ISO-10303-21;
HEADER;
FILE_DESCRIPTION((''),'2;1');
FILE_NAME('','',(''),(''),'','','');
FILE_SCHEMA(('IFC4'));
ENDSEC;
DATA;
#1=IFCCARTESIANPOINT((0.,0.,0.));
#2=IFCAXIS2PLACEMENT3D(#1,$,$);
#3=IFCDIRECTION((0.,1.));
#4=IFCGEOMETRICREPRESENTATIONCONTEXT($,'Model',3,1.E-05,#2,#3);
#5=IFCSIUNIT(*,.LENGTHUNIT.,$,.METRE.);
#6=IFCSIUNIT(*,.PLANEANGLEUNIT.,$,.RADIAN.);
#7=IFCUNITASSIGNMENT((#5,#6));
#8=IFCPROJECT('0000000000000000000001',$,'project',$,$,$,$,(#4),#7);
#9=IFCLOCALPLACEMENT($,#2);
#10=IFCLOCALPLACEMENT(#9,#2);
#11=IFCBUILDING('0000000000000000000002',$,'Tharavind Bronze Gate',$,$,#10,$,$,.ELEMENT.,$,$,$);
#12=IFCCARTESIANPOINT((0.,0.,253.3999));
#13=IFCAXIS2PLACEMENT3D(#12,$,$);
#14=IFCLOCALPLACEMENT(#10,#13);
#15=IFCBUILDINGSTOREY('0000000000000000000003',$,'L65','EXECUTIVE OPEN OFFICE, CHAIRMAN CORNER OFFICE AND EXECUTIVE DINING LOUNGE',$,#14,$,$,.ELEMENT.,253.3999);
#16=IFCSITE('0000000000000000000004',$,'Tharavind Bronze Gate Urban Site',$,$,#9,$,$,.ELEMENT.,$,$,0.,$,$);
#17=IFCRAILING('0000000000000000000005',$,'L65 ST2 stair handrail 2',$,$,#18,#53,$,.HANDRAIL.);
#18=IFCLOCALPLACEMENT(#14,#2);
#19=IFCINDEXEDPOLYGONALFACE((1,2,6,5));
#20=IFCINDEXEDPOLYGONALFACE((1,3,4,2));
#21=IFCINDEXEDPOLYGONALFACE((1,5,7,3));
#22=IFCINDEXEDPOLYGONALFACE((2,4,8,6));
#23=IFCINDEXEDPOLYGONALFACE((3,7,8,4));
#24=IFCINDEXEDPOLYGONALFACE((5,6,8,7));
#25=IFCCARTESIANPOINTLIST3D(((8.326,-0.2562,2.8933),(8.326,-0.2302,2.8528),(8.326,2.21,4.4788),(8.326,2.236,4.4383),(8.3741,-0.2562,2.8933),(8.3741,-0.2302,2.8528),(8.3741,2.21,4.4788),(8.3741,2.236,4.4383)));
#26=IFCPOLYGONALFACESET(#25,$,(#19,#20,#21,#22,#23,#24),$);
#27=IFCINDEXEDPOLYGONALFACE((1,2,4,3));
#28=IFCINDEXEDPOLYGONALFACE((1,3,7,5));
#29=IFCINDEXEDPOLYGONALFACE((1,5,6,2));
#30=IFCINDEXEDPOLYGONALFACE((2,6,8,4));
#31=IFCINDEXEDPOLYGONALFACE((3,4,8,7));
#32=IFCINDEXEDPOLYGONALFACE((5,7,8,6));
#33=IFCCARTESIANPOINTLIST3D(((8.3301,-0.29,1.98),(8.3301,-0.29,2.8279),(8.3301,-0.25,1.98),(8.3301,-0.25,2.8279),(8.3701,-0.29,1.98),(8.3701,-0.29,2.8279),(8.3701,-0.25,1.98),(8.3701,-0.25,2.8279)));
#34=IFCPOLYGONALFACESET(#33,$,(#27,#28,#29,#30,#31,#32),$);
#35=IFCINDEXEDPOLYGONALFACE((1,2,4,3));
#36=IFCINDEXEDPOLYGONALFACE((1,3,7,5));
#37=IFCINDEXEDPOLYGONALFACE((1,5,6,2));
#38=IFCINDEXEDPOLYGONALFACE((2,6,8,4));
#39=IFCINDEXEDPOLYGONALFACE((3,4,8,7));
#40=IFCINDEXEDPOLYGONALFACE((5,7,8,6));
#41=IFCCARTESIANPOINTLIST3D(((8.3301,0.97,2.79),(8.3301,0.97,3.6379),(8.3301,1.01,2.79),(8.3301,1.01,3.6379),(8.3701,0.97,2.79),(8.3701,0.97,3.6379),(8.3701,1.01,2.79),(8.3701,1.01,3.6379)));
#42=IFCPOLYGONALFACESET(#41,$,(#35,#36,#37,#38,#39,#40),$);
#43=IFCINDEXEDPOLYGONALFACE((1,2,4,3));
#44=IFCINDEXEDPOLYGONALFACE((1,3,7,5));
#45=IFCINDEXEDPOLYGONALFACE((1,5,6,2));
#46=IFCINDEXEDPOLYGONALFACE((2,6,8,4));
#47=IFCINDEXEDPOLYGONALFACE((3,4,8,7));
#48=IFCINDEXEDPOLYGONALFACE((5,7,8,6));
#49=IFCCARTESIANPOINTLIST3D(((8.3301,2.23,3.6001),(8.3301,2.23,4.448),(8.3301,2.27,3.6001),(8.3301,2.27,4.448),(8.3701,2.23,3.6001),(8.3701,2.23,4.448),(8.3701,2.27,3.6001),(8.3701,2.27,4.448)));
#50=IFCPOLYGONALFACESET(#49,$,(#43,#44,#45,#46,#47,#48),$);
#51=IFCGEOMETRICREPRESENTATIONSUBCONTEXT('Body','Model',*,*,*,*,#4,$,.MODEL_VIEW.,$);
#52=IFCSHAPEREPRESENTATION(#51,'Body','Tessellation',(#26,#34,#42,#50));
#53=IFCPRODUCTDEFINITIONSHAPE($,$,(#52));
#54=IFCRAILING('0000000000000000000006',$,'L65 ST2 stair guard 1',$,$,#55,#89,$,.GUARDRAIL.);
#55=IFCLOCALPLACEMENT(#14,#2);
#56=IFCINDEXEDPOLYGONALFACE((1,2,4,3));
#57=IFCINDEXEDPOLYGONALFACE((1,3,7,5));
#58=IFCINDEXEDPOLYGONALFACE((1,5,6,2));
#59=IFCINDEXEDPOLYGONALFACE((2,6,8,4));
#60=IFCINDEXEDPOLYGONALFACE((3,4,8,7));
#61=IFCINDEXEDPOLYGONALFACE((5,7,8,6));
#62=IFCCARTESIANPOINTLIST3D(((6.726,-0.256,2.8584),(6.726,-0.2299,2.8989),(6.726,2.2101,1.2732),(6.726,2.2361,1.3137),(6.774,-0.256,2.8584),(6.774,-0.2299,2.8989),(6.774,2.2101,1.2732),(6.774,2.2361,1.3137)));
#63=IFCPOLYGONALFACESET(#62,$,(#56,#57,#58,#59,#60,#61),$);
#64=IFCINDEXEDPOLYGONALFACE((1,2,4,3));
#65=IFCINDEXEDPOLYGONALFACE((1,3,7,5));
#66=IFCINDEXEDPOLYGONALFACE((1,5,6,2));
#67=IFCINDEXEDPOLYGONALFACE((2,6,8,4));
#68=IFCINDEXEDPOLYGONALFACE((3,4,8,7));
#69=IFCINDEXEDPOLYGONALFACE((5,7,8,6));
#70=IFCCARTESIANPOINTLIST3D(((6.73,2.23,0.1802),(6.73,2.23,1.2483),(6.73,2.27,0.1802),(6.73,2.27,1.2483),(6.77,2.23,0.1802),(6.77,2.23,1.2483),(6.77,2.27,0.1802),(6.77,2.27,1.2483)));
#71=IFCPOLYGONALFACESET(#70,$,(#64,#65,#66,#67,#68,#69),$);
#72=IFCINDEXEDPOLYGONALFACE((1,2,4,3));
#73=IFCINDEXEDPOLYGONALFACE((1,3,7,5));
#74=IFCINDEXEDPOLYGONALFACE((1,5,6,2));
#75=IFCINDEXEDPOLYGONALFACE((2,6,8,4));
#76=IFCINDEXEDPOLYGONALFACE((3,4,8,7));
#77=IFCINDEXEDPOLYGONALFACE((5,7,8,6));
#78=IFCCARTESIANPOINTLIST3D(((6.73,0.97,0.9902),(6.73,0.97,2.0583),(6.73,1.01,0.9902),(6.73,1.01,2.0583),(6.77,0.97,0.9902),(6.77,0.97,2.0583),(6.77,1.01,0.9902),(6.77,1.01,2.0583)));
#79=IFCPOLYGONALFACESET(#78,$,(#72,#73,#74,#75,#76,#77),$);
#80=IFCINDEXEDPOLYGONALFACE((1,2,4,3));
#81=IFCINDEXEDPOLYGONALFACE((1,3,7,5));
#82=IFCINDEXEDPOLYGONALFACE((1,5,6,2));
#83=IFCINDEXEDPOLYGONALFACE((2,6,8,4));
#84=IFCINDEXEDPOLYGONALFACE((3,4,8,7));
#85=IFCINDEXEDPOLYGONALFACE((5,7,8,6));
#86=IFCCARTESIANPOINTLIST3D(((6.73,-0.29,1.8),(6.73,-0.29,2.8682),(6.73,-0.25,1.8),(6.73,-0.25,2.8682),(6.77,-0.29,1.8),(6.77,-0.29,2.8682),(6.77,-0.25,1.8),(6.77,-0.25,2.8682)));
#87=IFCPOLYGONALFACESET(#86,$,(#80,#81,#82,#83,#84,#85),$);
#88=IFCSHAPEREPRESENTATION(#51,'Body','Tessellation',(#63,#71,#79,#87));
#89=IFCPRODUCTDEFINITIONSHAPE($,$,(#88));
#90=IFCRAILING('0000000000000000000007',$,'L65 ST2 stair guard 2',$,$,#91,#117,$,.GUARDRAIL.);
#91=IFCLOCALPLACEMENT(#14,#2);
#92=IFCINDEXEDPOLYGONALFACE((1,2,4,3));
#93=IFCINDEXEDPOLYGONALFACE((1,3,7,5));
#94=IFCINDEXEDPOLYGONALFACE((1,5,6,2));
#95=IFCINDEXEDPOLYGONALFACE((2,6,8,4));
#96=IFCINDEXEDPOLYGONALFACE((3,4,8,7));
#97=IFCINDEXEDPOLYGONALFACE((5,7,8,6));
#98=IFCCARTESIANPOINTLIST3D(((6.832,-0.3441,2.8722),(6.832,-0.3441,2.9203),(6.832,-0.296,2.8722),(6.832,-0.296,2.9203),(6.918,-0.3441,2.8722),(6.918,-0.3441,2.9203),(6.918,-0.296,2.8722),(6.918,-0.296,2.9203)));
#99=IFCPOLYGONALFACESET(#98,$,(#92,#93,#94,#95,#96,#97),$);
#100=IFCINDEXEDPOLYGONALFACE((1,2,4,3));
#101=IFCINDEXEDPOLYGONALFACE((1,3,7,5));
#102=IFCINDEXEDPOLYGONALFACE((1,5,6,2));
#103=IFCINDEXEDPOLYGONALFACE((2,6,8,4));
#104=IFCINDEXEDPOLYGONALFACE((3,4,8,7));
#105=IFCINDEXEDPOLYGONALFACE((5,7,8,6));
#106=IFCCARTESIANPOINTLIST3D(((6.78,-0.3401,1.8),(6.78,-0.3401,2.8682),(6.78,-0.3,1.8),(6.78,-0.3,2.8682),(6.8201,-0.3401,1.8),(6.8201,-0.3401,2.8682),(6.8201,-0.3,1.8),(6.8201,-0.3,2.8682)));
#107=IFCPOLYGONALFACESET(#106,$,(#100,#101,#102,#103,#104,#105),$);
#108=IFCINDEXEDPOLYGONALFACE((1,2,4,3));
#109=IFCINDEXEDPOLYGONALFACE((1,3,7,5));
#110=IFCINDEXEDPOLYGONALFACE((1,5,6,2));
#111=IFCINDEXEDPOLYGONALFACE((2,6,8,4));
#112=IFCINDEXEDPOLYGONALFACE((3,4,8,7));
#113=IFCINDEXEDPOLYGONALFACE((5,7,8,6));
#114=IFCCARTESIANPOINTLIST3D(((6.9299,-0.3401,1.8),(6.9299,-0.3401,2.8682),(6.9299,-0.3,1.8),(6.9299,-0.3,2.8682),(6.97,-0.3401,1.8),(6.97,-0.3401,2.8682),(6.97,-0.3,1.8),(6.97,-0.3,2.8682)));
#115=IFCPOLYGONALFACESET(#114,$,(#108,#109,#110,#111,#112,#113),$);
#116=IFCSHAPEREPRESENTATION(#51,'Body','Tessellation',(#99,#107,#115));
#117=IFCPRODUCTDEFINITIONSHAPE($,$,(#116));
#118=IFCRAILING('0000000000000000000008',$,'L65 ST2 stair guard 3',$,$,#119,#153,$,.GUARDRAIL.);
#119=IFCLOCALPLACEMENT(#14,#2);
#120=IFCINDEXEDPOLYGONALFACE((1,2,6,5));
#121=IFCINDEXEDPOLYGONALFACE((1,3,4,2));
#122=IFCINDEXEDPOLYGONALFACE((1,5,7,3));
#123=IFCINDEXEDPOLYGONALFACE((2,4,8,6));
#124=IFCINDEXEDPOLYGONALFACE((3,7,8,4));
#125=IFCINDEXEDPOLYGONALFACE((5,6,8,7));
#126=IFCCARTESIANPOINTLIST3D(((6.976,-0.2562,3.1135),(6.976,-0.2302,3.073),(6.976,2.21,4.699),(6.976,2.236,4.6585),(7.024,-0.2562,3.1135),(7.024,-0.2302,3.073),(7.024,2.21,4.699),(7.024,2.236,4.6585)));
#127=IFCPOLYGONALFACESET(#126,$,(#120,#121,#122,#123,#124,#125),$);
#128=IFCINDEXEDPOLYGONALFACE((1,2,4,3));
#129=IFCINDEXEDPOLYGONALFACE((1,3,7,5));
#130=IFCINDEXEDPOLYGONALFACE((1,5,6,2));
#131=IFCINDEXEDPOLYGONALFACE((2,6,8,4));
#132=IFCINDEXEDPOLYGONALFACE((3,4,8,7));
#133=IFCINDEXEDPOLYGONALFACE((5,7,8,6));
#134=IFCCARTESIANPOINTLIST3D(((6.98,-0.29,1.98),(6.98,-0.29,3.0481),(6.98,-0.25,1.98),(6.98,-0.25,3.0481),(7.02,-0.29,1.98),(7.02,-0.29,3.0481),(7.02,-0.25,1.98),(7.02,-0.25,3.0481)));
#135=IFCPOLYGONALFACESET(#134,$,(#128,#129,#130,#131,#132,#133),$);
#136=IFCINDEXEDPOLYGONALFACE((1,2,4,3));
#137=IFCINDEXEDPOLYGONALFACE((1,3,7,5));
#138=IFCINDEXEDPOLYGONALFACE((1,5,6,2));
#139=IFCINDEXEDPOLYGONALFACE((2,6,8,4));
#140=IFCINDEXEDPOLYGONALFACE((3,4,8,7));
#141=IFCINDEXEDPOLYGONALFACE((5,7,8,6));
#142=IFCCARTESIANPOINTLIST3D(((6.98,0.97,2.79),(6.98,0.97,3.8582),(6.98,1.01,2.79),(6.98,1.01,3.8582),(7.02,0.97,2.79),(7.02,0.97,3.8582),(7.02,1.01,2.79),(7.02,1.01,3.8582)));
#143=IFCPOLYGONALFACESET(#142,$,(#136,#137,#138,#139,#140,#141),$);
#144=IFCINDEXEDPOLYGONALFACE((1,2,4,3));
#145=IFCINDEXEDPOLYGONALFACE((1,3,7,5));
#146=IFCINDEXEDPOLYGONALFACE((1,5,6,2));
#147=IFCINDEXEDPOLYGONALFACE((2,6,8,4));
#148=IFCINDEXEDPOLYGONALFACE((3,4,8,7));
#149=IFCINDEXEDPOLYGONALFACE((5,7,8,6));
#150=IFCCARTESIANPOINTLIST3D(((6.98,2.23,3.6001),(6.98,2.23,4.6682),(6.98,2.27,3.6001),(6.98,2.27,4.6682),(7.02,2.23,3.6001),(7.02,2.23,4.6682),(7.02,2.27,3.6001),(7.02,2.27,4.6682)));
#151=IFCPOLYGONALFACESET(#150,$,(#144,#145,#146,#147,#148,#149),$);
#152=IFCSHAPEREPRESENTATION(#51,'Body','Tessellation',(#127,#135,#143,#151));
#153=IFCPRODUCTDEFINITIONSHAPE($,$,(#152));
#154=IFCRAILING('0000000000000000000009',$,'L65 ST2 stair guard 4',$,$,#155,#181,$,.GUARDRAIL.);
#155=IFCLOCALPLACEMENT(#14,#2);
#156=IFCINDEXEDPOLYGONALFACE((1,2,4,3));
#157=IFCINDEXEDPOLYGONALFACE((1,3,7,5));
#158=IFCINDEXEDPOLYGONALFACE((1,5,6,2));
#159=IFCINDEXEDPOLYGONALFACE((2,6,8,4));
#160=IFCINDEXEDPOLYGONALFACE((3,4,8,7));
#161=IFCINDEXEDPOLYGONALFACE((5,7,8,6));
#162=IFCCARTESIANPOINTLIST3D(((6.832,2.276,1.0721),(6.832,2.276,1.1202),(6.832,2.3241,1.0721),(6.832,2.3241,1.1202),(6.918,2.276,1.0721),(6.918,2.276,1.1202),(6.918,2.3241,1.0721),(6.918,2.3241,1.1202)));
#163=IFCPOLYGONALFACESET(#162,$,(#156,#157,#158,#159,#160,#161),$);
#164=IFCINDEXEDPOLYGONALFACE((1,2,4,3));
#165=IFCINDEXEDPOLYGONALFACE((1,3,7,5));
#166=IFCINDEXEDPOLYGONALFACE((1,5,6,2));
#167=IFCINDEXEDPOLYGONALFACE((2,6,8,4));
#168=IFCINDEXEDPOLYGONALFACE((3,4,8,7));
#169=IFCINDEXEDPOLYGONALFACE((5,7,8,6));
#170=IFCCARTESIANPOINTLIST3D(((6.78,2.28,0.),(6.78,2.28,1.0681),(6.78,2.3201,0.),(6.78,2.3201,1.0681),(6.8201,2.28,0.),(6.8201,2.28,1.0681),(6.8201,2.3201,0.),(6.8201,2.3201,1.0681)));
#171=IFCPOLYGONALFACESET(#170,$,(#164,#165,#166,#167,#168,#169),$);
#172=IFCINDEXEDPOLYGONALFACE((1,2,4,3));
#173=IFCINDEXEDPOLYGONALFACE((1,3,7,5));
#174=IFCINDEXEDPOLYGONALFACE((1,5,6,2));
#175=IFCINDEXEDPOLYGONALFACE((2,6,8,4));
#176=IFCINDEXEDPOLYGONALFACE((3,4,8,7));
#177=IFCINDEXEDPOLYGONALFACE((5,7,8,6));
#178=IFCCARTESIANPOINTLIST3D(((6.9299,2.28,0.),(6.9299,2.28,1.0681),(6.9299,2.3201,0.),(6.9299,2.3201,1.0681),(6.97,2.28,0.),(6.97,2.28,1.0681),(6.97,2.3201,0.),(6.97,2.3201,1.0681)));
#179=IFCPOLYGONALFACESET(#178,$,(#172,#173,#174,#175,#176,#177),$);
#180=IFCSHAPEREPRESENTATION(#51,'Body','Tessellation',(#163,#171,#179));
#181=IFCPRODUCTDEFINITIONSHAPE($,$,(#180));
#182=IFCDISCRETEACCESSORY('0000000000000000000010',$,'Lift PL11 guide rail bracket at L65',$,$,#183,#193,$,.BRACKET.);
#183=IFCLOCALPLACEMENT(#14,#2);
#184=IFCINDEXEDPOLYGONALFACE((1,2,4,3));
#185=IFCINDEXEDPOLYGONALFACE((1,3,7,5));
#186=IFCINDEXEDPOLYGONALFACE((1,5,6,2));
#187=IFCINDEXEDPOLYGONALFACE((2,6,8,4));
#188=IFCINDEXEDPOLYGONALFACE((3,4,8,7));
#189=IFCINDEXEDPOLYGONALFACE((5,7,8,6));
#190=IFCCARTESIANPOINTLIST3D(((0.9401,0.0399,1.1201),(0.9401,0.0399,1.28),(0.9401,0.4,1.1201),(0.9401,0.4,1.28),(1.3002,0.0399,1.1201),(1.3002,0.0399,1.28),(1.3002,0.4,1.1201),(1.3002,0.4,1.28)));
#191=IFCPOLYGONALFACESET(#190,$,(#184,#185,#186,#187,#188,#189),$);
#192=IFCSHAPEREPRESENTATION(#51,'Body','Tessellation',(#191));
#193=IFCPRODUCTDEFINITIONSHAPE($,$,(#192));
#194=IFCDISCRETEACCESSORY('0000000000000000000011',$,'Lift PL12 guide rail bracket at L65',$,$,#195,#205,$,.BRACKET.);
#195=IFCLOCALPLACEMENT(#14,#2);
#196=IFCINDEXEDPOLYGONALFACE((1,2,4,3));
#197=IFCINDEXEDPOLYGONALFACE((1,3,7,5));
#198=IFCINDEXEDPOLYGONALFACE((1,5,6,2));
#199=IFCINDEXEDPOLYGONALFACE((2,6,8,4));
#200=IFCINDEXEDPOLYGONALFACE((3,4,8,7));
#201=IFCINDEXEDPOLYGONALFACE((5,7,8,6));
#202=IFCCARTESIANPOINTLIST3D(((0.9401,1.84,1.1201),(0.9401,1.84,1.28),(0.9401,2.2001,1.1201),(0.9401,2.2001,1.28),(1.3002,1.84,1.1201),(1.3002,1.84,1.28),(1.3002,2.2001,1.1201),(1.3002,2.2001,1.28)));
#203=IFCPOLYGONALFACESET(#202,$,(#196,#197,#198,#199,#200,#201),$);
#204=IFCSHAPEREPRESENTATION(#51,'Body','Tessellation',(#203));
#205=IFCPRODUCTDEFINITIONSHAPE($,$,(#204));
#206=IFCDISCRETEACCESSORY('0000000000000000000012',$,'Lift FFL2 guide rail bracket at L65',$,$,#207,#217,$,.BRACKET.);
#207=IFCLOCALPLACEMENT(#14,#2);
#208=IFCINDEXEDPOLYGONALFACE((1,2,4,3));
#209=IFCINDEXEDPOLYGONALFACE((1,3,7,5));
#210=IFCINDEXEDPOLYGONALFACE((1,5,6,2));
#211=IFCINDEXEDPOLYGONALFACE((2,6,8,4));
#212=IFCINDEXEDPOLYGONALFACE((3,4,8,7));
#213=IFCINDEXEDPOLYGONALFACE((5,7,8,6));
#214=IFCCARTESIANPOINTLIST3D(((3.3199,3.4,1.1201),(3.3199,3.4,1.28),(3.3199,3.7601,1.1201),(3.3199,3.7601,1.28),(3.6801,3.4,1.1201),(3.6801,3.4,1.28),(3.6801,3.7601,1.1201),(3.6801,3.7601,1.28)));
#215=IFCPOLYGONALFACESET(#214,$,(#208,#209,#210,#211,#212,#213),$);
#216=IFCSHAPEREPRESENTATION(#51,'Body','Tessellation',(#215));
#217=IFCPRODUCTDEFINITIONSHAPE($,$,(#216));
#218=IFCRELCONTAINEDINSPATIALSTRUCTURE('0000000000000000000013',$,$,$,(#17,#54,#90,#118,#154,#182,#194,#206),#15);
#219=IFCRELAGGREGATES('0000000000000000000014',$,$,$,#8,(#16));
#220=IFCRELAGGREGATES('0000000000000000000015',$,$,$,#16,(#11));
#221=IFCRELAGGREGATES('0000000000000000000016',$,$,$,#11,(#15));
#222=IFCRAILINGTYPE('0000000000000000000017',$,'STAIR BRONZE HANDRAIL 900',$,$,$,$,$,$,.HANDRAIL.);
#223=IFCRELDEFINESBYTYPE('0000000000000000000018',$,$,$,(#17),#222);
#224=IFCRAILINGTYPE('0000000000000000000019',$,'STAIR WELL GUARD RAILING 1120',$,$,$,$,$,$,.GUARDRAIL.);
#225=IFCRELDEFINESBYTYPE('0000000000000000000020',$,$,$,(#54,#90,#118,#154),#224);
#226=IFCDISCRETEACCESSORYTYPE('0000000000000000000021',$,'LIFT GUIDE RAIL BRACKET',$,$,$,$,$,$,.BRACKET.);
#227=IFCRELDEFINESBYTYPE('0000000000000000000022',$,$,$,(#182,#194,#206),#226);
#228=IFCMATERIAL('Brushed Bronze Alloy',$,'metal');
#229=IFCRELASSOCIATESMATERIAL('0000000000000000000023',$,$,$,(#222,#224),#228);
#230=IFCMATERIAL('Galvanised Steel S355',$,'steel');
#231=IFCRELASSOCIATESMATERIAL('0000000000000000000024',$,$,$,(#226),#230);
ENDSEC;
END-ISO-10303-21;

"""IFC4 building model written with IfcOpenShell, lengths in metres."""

from ifc_helpers import new_model, si_unit, direction, frame, origin, origin_2d, place, context, subcontext, project, spatial, rectangle, extrude, material, type_object, element, save


model = new_model("IFC4")

# Units and contexts
model_context = context("Model", 3, precision=1e-05, world=origin(), true_north=direction((0.0, 1.0)))
body_context = subcontext(model_context, "Body", "Model", "MODEL_VIEW")
ifc_project = project(units=[si_unit("LENGTHUNIT", "METRE"), si_unit("PLANEANGLEUNIT", "RADIAN")], contexts=[model_context])

# Site, building, storey
site_placement = place(None, origin())
site = spatial("IfcSite", under=ifc_project, at=site_placement, Name="Tharavind Bronze Gate Urban Site", CompositionType="ELEMENT", RefElevation=0.0)
building_placement = place(site_placement, origin())
building = spatial("IfcBuilding", under=site, at=building_placement, Name="Tharavind Bronze Gate", CompositionType="ELEMENT")
storey_placement = place(building_placement, frame((0.0, 0.0, 253.3999)))
storey = spatial("IfcBuildingStorey", under=building, at=storey_placement, Name="L65", Description="EXECUTIVE OPEN OFFICE, CHAIRMAN CORNER OFFICE AND EXECUTIVE DINING LOUNGE", CompositionType="ELEMENT", Elevation=253.3999)

# Railings
ifc_material_1 = material(Name="Brushed Bronze Alloy", Category="metal")
railing_type_1 = type_object("IfcRailingType", Name="STAIR BRONZE HANDRAIL 900", PredefinedType="HANDRAIL", material=ifc_material_1)
railing_1_placement = place(storey_placement, frame((8.3501, -0.27, 1.98)))
element("IfcRailing", 1, at=railing_1_placement, inside=storey, type_object=railing_type_1, Name="L65 ST2 stair handrail 2", PredefinedType="HANDRAIL", context=body_context, shape_type="SweptSolid", body=[
    extrude(rectangle(XDim=0.0481, YDim=0.0481, at=origin_2d()), frame((0.0, 0.0269, 0.8931), z_axis=(0.0, 0.841163, 0.540782), x_axis=(-1.0, 0.0, 0.0)), (0.0, 0.0, 1.0), 2.9319),
    extrude(rectangle(XDim=0.04, YDim=0.04, at=origin_2d()), origin(), (0.0, 0.0, 1.0), 0.8479),
    extrude(rectangle(XDim=0.04, YDim=0.04, at=origin_2d()), frame((0.0, 1.26, 0.8101)), (0.0, 0.0, 1.0), 0.8479),
    extrude(rectangle(XDim=0.04, YDim=0.04, at=origin_2d()), frame((0.0, 2.52, 1.6201)), (0.0, 0.0, 1.0), 0.8479),
])
railing_type_2 = type_object("IfcRailingType", Name="STAIR WELL GUARD RAILING 1120", PredefinedType="GUARDRAIL", material=ifc_material_1)
railing_2_placement = place(storey_placement, frame((6.75, 2.25, 0.1802)))
element("IfcRailing", 2, at=railing_2_placement, inside=storey, type_object=railing_type_2, Name="L65 ST2 stair guard 1", PredefinedType="GUARDRAIL", context=body_context, shape_type="SweptSolid", body=[
    extrude(rectangle(XDim=0.0481, YDim=0.0481, at=origin_2d()), frame((0.0, -0.0269, 1.1133), z_axis=(0.0, -0.8412, 0.540725), x_axis=(1.0, 0.0, 0.0)), (0.0, 0.0, 1.0), 2.9316),
    extrude(rectangle(XDim=0.04, YDim=0.04, at=origin_2d()), origin(), (0.0, 0.0, 1.0), 1.0681),
    extrude(rectangle(XDim=0.04, YDim=0.04, at=origin_2d()), frame((0.0, -1.26, 0.8101)), (0.0, 0.0, 1.0), 1.0681),
    extrude(rectangle(XDim=0.04, YDim=0.04, at=origin_2d()), frame((0.0, -2.52, 1.6199)), (0.0, 0.0, 1.0), 1.0681),
])
railing_3_placement = place(storey_placement, frame((6.8, -0.3201, 1.8)))
element("IfcRailing", 3, at=railing_3_placement, inside=storey, type_object=railing_type_2, Name="L65 ST2 stair guard 2", PredefinedType="GUARDRAIL", context=body_context, shape_type="SweptSolid", body=[
    extrude(rectangle(XDim=0.0481, YDim=0.0481, at=origin_2d()), frame((0.032, 0.0, 1.0962), z_axis=(1.0, 0.0, 0.0), x_axis=(0.0, 1.0, 0.0)), (0.0, 0.0, 1.0), 0.0859),
    extrude(rectangle(XDim=0.04, YDim=0.04, at=origin_2d()), origin(), (0.0, 0.0, 1.0), 1.0681),
    extrude(rectangle(XDim=0.04, YDim=0.04, at=origin_2d()), frame((0.1499, 0.0, 0.0)), (0.0, 0.0, 1.0), 1.0681),
])
railing_4_placement = place(storey_placement, frame((7.0, -0.27, 1.98)))
element("IfcRailing", 4, at=railing_4_placement, inside=storey, type_object=railing_type_2, Name="L65 ST2 stair guard 3", PredefinedType="GUARDRAIL", context=body_context, shape_type="SweptSolid", body=[
    extrude(rectangle(XDim=0.0481, YDim=0.0481, at=origin_2d()), frame((0.0, 0.0269, 1.1133), z_axis=(0.0, 0.841163, 0.540782), x_axis=(-1.0, 0.0, 0.0)), (0.0, 0.0, 1.0), 2.9319),
    extrude(rectangle(XDim=0.04, YDim=0.04, at=origin_2d()), origin(), (0.0, 0.0, 1.0), 1.0681),
    extrude(rectangle(XDim=0.04, YDim=0.04, at=origin_2d()), frame((0.0, 1.26, 0.8101)), (0.0, 0.0, 1.0), 1.0681),
    extrude(rectangle(XDim=0.04, YDim=0.04, at=origin_2d()), frame((0.0, 2.52, 1.6201)), (0.0, 0.0, 1.0), 1.0681),
])
railing_5_placement = place(storey_placement, frame((6.8, 2.3, 0.0)))
element("IfcRailing", 5, at=railing_5_placement, inside=storey, type_object=railing_type_2, Name="L65 ST2 stair guard 4", PredefinedType="GUARDRAIL", context=body_context, shape_type="SweptSolid", body=[
    extrude(rectangle(XDim=0.0481, YDim=0.0481, at=origin_2d()), frame((0.032, 0.0, 1.0962), z_axis=(1.0, 0.0, 0.0), x_axis=(0.0, 1.0, 0.0)), (0.0, 0.0, 1.0), 0.0859),
    extrude(rectangle(XDim=0.04, YDim=0.04, at=origin_2d()), origin(), (0.0, 0.0, 1.0), 1.0681),
    extrude(rectangle(XDim=0.04, YDim=0.04, at=origin_2d()), frame((0.1499, 0.0, 0.0)), (0.0, 0.0, 1.0), 1.0681),
])

# Discrete accessories
ifc_material_2 = material(Name="Galvanised Steel S355", Category="steel")
discrete_accessory_type = type_object("IfcDiscreteAccessoryType", Name="LIFT GUIDE RAIL BRACKET", PredefinedType="BRACKET", material=ifc_material_2)
for number, where, z_axis, x_axis, name in (
    (6, (1.1201, 0.22, 1.1201), (0.0, 0.0, 1.0), (1.0, 0.0, 0.0), "Lift PL11 guide rail bracket at L65"),
    (7, (1.1201, 2.02, 1.1201), (0.0, 0.0, 1.0), (1.0, 0.0, 0.0), "Lift PL12 guide rail bracket at L65"),
    (8, (3.5, 3.5801, 1.1201), (0.0, 0.0, 1.0), (1.0, 0.0, 0.0), "Lift FFL2 guide rail bracket at L65"),
):
    element("IfcDiscreteAccessory", number, at=place(storey_placement, frame(where, z_axis=z_axis, x_axis=x_axis)), inside=storey, type_object=discrete_accessory_type, Name=name, PredefinedType="BRACKET", context=body_context, shape_type="SweptSolid", body=[
        extrude(rectangle(XDim=0.3601, YDim=0.3601, at=origin_2d()), origin(), (0.0, 0.0, 1.0), 0.1599),
    ])

save(model, "model.ifc")
